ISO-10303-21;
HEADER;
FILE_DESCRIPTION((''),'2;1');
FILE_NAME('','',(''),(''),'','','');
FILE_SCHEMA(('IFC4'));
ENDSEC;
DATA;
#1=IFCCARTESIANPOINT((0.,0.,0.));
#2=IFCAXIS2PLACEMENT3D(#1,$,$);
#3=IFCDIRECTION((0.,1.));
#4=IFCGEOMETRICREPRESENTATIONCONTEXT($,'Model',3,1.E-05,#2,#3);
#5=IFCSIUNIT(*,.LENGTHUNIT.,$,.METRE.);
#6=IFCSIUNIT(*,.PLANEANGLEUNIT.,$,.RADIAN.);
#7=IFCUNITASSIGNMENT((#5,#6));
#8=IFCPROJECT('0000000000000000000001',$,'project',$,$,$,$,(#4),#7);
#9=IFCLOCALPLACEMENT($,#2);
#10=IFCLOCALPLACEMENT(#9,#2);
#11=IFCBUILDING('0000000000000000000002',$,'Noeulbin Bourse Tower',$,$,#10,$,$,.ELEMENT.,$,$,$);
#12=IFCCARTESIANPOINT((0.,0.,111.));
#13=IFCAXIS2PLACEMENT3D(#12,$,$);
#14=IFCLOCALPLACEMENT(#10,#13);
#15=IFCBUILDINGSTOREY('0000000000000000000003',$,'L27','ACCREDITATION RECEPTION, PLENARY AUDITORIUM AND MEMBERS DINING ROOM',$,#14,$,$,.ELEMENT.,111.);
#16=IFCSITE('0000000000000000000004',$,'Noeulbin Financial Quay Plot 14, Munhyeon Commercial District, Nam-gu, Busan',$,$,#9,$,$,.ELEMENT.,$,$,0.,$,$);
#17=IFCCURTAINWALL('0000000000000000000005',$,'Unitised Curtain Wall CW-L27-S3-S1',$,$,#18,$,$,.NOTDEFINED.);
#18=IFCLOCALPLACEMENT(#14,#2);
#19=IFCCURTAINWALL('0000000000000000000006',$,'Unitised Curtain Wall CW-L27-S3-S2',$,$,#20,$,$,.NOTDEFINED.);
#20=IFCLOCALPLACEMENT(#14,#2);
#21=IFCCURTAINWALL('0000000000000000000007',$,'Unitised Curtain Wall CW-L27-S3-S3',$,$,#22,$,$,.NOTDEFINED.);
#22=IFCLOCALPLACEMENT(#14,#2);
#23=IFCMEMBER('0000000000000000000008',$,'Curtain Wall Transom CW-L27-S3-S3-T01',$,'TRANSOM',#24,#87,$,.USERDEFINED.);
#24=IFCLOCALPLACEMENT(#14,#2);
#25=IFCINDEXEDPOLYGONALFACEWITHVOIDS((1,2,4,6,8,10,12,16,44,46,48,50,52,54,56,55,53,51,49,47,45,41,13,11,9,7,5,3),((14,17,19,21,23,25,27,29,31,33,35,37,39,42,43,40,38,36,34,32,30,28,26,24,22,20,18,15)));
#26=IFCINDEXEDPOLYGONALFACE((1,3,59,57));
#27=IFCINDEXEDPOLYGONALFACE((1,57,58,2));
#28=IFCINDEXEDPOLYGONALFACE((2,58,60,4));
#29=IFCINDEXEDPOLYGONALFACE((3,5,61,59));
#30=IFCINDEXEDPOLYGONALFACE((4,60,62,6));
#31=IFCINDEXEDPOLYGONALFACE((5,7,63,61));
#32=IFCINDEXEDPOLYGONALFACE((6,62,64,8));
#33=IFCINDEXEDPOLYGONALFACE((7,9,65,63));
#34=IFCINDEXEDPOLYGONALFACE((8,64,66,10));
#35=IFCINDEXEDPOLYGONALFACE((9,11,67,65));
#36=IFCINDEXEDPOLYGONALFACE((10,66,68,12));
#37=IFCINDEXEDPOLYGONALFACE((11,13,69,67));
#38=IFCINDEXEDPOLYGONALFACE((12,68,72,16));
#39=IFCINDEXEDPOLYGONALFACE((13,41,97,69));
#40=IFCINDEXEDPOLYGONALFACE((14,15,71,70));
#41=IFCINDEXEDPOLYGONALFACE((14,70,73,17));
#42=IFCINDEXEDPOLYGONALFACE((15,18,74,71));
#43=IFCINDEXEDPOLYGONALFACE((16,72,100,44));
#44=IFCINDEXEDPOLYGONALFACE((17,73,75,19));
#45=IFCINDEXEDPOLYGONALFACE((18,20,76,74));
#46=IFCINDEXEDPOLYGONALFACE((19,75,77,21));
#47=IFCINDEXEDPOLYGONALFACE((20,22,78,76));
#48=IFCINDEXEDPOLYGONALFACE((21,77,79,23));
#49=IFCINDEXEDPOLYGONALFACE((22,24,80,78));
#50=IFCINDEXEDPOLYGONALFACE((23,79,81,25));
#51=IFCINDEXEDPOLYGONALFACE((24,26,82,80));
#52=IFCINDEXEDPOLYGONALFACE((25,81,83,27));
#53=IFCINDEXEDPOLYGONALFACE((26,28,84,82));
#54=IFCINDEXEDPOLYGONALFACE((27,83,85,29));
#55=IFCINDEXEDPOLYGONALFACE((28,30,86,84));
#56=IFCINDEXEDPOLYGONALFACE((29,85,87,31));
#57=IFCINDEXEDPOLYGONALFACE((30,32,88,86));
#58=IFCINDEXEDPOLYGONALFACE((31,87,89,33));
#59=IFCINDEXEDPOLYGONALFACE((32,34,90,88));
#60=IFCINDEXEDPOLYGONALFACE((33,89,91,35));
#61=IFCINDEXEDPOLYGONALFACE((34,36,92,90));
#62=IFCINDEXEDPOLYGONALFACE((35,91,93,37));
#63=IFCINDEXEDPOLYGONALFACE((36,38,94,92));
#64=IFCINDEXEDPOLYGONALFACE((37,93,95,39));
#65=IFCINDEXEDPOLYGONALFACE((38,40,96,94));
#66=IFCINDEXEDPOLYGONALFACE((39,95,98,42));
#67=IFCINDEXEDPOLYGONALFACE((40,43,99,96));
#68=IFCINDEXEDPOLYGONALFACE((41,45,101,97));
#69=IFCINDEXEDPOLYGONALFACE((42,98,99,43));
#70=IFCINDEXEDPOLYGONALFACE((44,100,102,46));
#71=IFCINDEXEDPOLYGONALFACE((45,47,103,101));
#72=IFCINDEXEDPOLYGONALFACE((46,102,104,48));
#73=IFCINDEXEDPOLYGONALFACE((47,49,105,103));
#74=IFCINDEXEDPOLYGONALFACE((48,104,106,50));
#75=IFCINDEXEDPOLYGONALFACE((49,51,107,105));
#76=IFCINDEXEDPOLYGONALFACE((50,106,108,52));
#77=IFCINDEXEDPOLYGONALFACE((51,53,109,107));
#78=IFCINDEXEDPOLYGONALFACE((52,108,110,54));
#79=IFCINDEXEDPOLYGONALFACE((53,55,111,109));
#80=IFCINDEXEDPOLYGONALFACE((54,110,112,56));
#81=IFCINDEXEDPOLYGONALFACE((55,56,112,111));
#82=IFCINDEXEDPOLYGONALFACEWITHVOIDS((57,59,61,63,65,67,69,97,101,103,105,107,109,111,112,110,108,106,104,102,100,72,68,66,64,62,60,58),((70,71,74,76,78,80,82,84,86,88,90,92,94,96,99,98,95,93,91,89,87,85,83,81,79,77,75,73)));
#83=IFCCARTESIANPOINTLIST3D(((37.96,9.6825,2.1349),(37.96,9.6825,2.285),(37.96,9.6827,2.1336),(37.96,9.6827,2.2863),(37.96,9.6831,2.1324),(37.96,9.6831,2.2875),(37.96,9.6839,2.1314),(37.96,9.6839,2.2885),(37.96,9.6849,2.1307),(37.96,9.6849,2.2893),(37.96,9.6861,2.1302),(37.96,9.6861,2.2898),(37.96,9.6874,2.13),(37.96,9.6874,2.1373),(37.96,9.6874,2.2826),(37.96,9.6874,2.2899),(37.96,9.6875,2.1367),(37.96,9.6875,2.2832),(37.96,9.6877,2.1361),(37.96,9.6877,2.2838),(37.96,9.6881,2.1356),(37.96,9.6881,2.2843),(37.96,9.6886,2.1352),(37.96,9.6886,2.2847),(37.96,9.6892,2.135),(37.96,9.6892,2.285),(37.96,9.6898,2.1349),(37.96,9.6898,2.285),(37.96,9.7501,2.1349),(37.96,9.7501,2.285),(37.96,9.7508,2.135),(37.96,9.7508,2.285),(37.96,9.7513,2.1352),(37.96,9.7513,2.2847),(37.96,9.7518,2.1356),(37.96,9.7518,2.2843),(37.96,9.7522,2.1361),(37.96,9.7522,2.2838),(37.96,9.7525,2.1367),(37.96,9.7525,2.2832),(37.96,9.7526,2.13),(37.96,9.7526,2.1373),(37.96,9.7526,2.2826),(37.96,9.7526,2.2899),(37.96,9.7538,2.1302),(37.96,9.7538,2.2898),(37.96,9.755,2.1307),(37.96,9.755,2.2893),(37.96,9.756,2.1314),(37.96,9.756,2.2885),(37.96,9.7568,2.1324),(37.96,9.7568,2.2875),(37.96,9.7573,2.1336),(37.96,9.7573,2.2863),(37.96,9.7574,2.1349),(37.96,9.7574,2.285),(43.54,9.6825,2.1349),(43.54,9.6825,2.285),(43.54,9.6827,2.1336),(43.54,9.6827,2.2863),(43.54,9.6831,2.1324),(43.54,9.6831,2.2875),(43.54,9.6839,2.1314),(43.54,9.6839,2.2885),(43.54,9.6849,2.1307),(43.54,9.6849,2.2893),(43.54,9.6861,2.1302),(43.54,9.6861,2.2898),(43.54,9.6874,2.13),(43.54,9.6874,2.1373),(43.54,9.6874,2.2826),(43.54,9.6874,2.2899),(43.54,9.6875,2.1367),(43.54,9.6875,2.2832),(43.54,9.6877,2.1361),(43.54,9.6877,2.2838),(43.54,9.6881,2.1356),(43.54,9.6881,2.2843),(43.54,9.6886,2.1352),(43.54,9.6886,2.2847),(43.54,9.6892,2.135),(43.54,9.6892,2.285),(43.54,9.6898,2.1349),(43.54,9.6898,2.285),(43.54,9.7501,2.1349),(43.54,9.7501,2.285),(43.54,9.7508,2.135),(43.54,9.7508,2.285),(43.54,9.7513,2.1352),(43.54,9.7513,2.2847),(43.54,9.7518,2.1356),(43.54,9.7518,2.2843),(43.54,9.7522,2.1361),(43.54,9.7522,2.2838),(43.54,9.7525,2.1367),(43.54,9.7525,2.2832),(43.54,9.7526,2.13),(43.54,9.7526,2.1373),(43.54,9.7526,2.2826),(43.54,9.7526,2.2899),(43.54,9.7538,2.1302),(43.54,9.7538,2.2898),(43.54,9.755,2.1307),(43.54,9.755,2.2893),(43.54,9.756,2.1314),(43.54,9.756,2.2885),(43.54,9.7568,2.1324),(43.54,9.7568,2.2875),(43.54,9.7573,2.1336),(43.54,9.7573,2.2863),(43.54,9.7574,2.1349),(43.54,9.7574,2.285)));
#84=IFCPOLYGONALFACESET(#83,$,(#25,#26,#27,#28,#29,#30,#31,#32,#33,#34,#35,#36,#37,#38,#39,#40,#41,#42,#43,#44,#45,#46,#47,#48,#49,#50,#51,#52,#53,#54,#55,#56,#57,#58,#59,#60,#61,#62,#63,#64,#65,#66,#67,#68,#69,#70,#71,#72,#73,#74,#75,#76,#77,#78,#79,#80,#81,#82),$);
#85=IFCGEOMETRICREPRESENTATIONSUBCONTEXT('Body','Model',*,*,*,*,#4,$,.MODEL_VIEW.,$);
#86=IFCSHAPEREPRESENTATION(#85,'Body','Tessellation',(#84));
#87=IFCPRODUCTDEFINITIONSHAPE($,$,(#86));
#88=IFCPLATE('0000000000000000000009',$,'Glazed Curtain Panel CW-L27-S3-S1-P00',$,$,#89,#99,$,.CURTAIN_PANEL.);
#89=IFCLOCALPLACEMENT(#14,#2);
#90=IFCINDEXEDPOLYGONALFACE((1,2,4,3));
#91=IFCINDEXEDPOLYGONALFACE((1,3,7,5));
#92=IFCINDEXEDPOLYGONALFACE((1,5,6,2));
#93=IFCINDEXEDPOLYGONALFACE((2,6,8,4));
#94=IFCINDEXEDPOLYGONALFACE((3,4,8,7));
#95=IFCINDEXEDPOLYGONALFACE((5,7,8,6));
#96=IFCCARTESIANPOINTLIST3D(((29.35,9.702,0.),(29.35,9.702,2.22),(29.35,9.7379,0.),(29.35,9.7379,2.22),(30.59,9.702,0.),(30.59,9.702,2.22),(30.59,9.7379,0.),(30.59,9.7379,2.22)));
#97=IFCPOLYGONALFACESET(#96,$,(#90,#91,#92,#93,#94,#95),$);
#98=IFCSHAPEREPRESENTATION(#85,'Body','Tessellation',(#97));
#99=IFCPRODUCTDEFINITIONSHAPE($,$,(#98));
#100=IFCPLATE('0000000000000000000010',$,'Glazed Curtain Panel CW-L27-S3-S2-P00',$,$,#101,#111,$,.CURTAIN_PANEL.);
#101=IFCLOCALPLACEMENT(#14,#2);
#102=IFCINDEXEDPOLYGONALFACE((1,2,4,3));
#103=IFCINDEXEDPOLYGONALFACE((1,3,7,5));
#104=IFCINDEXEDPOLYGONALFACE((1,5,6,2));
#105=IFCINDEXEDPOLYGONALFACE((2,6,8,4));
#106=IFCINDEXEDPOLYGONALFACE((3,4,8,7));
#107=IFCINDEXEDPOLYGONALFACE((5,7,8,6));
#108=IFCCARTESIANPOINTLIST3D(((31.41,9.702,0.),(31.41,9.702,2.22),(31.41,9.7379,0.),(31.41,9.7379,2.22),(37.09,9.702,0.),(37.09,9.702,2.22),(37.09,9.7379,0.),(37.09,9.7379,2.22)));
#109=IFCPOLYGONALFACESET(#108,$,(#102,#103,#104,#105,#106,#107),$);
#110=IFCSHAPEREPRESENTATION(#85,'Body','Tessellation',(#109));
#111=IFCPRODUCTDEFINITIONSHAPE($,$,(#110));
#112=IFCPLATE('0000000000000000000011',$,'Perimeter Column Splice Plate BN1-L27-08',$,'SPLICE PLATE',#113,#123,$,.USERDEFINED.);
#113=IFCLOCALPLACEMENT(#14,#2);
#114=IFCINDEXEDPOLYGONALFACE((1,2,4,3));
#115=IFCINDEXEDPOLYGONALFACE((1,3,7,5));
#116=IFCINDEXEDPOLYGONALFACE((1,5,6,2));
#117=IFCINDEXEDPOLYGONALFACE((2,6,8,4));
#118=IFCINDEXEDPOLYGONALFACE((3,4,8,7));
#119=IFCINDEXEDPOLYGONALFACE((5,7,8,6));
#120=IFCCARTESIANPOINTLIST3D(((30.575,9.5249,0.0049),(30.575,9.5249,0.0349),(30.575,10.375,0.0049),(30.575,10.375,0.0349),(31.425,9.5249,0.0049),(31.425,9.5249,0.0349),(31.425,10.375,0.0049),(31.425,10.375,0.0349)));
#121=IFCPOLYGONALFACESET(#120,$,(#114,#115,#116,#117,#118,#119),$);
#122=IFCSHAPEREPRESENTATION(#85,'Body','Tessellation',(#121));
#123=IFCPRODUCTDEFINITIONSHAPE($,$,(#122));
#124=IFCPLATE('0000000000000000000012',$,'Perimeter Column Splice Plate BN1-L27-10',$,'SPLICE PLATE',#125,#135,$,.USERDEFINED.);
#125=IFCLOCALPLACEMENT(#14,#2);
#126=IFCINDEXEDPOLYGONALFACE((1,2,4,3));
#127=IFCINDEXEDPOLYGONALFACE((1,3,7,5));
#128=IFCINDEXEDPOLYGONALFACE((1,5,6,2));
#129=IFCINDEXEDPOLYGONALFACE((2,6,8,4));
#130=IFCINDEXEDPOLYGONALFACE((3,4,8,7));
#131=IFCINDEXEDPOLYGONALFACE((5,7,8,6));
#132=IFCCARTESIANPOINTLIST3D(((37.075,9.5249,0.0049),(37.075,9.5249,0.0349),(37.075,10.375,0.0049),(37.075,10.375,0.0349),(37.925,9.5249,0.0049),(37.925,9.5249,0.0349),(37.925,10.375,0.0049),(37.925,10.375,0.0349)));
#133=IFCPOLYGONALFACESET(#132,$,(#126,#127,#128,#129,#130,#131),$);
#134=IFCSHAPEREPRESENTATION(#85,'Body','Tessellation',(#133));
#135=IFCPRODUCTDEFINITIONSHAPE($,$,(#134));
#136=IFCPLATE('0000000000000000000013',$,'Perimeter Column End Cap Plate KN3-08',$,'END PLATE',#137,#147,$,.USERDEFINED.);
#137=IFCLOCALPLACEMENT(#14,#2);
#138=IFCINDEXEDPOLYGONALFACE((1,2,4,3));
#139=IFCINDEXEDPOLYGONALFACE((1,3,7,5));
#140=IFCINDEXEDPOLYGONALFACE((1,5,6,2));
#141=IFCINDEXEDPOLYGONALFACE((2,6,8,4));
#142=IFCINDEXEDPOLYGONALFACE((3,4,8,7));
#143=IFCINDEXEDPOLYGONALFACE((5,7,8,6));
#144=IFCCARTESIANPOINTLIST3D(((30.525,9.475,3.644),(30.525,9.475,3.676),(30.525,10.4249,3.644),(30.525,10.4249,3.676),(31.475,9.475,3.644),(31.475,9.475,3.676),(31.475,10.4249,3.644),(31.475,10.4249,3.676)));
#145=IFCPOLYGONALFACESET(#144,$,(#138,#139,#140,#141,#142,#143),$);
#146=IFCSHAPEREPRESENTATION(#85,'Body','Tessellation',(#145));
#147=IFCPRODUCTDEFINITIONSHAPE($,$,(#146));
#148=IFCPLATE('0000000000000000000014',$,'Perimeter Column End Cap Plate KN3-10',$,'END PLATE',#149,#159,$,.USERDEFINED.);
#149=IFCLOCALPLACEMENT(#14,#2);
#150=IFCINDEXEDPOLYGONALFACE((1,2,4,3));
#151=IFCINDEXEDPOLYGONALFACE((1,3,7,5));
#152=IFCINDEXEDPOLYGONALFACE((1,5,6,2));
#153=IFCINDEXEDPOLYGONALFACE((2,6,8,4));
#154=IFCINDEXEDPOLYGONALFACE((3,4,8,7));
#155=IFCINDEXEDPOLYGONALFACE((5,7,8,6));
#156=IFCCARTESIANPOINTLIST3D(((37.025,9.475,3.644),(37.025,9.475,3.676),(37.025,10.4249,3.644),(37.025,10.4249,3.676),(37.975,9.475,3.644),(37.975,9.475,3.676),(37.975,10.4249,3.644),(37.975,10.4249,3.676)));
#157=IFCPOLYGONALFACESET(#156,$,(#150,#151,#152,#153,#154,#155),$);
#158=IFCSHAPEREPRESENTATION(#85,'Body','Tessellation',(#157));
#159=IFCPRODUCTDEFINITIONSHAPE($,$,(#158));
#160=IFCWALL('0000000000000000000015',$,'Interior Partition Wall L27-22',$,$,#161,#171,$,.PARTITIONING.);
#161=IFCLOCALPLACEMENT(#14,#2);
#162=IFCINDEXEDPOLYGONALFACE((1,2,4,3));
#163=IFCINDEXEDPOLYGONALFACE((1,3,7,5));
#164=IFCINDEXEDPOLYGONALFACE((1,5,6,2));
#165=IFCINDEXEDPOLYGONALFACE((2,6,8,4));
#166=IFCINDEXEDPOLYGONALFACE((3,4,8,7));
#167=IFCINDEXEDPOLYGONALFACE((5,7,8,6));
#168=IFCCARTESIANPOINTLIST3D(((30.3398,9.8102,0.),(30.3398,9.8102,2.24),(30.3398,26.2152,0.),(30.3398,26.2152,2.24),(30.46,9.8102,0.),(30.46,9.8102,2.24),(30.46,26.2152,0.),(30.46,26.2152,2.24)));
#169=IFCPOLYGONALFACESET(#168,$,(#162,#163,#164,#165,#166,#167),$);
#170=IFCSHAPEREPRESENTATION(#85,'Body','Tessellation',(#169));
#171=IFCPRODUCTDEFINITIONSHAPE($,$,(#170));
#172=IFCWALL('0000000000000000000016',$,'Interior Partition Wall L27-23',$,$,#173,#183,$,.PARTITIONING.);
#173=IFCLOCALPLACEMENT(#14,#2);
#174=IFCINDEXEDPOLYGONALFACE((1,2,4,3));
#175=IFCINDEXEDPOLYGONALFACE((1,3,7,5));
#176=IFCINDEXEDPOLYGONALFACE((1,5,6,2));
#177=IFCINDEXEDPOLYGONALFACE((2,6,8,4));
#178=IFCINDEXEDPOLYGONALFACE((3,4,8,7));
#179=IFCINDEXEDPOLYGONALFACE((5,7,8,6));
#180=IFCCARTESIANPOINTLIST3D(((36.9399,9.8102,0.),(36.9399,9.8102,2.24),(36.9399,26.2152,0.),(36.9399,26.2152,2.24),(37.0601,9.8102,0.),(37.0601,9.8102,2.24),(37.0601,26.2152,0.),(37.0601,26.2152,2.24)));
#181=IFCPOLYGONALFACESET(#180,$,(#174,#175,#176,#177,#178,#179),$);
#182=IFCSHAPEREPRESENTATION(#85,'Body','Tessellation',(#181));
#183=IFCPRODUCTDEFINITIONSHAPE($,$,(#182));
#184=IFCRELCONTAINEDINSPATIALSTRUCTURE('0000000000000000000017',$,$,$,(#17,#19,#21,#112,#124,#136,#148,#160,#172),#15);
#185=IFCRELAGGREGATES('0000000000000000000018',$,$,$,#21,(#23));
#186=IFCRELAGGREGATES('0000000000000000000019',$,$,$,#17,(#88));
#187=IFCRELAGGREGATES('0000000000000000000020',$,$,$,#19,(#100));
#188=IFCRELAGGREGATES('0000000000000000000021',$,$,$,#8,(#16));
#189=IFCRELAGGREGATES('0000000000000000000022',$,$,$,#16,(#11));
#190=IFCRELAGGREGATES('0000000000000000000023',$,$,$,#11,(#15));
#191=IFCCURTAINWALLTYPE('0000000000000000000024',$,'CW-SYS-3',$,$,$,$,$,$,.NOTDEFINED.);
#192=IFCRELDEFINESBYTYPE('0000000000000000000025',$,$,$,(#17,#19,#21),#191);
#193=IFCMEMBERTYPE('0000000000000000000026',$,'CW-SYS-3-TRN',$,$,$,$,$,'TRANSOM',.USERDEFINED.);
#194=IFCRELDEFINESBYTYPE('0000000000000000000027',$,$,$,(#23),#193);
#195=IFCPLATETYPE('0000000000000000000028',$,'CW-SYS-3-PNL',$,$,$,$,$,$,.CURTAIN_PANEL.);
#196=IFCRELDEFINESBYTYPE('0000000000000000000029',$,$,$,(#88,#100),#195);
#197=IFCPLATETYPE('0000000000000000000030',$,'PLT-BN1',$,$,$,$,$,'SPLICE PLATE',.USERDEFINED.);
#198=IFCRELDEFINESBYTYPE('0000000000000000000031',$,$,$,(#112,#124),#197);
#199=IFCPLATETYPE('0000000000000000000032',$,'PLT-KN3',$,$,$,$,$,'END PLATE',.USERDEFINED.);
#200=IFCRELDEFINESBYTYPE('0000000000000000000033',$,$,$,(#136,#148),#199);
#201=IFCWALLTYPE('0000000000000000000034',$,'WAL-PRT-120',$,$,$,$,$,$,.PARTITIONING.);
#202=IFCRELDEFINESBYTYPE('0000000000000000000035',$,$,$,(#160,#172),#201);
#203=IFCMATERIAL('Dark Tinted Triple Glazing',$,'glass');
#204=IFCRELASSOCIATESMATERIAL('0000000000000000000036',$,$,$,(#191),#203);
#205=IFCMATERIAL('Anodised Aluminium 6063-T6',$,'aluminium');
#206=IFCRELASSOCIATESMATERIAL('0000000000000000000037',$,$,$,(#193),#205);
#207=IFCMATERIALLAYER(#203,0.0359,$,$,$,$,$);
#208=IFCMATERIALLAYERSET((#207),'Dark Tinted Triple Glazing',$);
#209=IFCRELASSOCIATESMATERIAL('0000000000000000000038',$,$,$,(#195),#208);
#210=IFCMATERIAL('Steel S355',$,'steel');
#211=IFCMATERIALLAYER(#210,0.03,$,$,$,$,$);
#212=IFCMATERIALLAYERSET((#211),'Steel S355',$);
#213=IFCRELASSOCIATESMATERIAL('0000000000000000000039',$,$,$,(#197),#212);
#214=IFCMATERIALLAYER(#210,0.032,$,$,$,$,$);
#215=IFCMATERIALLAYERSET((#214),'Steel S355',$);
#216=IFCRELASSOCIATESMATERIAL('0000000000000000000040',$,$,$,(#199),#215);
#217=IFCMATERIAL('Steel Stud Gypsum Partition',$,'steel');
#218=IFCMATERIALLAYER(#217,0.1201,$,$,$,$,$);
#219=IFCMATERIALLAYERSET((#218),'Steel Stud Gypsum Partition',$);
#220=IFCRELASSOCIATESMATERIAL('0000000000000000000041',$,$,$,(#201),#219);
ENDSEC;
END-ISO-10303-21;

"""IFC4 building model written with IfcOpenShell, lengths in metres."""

from ifc_helpers import new_model, si_unit, direction, frame, frame_2d, origin, origin_2d, place, context, subcontext, project, spatial, rectangle, hollow_rectangle, extrude, material, layer, layer_set, material_profile, profile_set, type_object, element, aggregate, save


model = new_model("IFC4")

# Units and contexts
model_context = context("Model", 3, precision=1e-05, world=origin(), true_north=direction((0.0, 1.0)))
body_context = subcontext(model_context, "Body", "Model", "MODEL_VIEW")
ifc_project = project(units=[si_unit("LENGTHUNIT", "METRE"), si_unit("PLANEANGLEUNIT", "RADIAN")], contexts=[model_context])

# Site, building, storey
site_placement = place(None, origin())
site = spatial("IfcSite", under=ifc_project, at=site_placement, Name="Noeulbin Financial Quay Plot 14, Munhyeon Commercial District, Nam-gu, Busan", CompositionType="ELEMENT", RefElevation=0.0)
building_placement = place(site_placement, origin())
building = spatial("IfcBuilding", under=site, at=building_placement, Name="Noeulbin Bourse Tower", CompositionType="ELEMENT")
storey_placement = place(building_placement, frame((0.0, 0.0, 111.0)))
storey = spatial("IfcBuildingStorey", under=building, at=storey_placement, Name="L27", Description="ACCREDITATION RECEPTION, PLENARY AUDITORIUM AND MEMBERS DINING ROOM", CompositionType="ELEMENT", Elevation=111.0)

# Shared definitions
ifc_material_1 = material(Name="Steel S355", Category="steel")

# Curtain walls
ifc_material_2 = material(Name="Dark Tinted Triple Glazing", Category="glass")
curtain_wall_type = type_object("IfcCurtainWallType", Name="CW-SYS-3", PredefinedType="NOTDEFINED", material=ifc_material_2)
curtain_wall_1_placement = place(storey_placement, origin())
curtain_wall_1 = element("IfcCurtainWall", 1, at=curtain_wall_1_placement, inside=storey, type_object=curtain_wall_type, Name="Unitised Curtain Wall CW-L27-S3-S1", PredefinedType="NOTDEFINED")
ifc_material_3 = material(Name="Anodised Aluminium 6063-T6", Category="aluminium")
curtain_wall_2_placement = place(storey_placement, origin())
curtain_wall_2 = element("IfcCurtainWall", 2, at=curtain_wall_2_placement, inside=storey, type_object=curtain_wall_type, Name="Unitised Curtain Wall CW-L27-S3-S2", PredefinedType="NOTDEFINED")

# Curtain wall
curtain_wall_3_placement = place(storey_placement, origin())
curtain_wall_3 = element("IfcCurtainWall", 3, at=curtain_wall_3_placement, inside=storey, type_object=curtain_wall_type, Name="Unitised Curtain Wall CW-L27-S3-S3", PredefinedType="NOTDEFINED")

# Member
ifc_material_profile_1 = material_profile(ifc_material_3, hollow_rectangle(XDim=0.075, YDim=0.1599, WallThickness=0.0049, InnerFilletRadius=0.0024, OuterFilletRadius=0.0049, at=origin_2d()), Name="ALU-TRAN-75x160x5", Category="LoadBearing")
ifc_profile_set_1 = profile_set([ifc_material_profile_1], Name="Anodised Aluminium 6063-T6")
member_type_1 = type_object("IfcMemberType", Name="CW-SYS-3-TRN", ElementType="TRANSOM", PredefinedType="USERDEFINED", material=ifc_profile_set_1)
member_1_placement = place(storey_placement, frame((37.96, 9.72, 2.21), z_axis=(1.0, 0.0, 0.0), x_axis=(0.0, 1.0, 0.0)))
member_1 = element("IfcMember", 4, at=member_1_placement, type_object=member_type_1, Name="Curtain Wall Transom CW-L27-S3-S3-T01", ObjectType="TRANSOM", PredefinedType="USERDEFINED", context=body_context, shape_type="SweptSolid", body=[
    extrude(hollow_rectangle(XDim=0.075, YDim=0.1599, WallThickness=0.0049, InnerFilletRadius=0.0024, OuterFilletRadius=0.0049, at=origin_2d()), origin(), (0.0, 0.0, 1.0), 5.5801),
])
aggregate(curtain_wall_3, [member_1])

# Plates
ifc_layer_1 = layer(ifc_material_2, 0.0359)
ifc_layer_set_1 = layer_set([ifc_layer_1], Name="Dark Tinted Triple Glazing")
plate_type_1 = type_object("IfcPlateType", Name="CW-SYS-3-PNL", PredefinedType="CURTAIN_PANEL", material=ifc_layer_set_1)
plate_1_placement = place(storey_placement, frame((29.97, 9.72, 0.0), z_axis=(0.0, 0.0, 1.0), x_axis=(1.0, 0.0, 0.0)))
plate_1 = element("IfcPlate", 5, at=plate_1_placement, type_object=plate_type_1, Name="Glazed Curtain Panel CW-L27-S3-S1-P00", PredefinedType="CURTAIN_PANEL", context=body_context, shape_type="SweptSolid", body=[
    extrude(rectangle(XDim=1.24, YDim=0.0359, at=origin_2d()), origin(), (0.0, 0.0, 1.0), 2.22),
])
aggregate(curtain_wall_1, [plate_1])
plate_2_placement = place(storey_placement, frame((34.25, 9.72, 0.0), z_axis=(0.0, 0.0, 1.0), x_axis=(1.0, 0.0, 0.0)))
plate_2 = element("IfcPlate", 6, at=plate_2_placement, type_object=plate_type_1, Name="Glazed Curtain Panel CW-L27-S3-S2-P00", PredefinedType="CURTAIN_PANEL", context=body_context, shape_type="SweptSolid", body=[
    extrude(rectangle(XDim=5.6799, YDim=0.0359, at=origin_2d()), origin(), (0.0, 0.0, 1.0), 2.22),
])
aggregate(curtain_wall_2, [plate_2])

# Plates
ifc_layer_2 = layer(ifc_material_1, 0.03)
ifc_layer_set_2 = layer_set([ifc_layer_2], Name="Steel S355")
plate_type_2 = type_object("IfcPlateType", Name="PLT-BN1", ElementType="SPLICE PLATE", PredefinedType="USERDEFINED", material=ifc_layer_set_2)
for number, where, z_axis, x_axis, name in (
    (7, (31.0, 9.95, 0.0049), (0.0, 0.0, 1.0), (1.0, 0.0, 0.0), "Perimeter Column Splice Plate BN1-L27-08"),
    (8, (37.5, 9.95, 0.0049), (0.0, 0.0, 1.0), (1.0, 0.0, 0.0), "Perimeter Column Splice Plate BN1-L27-10"),
):
    element("IfcPlate", number, at=place(storey_placement, frame(where, z_axis=z_axis, x_axis=x_axis)), inside=storey, type_object=plate_type_2, Name=name, ObjectType="SPLICE PLATE", PredefinedType="USERDEFINED", context=body_context, shape_type="SweptSolid", body=[
        extrude(rectangle(XDim=0.8501, YDim=0.8501, at=origin_2d()), origin(), (0.0, 0.0, 1.0), 0.03),
    ])
ifc_layer_3 = layer(ifc_material_1, 0.032)
ifc_layer_set_3 = layer_set([ifc_layer_3], Name="Steel S355")
plate_type_3 = type_object("IfcPlateType", Name="PLT-KN3", ElementType="END PLATE", PredefinedType="USERDEFINED", material=ifc_layer_set_3)
for number, where, z_axis, x_axis, name in (
    (9, (31.0, 9.95, 3.644), (0.0, 0.0, 1.0), (1.0, 0.0, 0.0), "Perimeter Column End Cap Plate KN3-08"),
    (10, (37.5, 9.95, 3.644), (0.0, 0.0, 1.0), (1.0, 0.0, 0.0), "Perimeter Column End Cap Plate KN3-10"),
):
    element("IfcPlate", number, at=place(storey_placement, frame(where, z_axis=z_axis, x_axis=x_axis)), inside=storey, type_object=plate_type_3, Name=name, ObjectType="END PLATE", PredefinedType="USERDEFINED", context=body_context, shape_type="SweptSolid", body=[
        extrude(rectangle(XDim=0.95, YDim=0.95, at=origin_2d()), origin(), (0.0, 0.0, 1.0), 0.032),
    ])

# Walls
ifc_material_4 = material(Name="Steel Stud Gypsum Partition", Category="steel")
ifc_layer_4 = layer(ifc_material_4, 0.1201)
ifc_layer_set_4 = layer_set([ifc_layer_4], Name="Steel Stud Gypsum Partition")
wall_type = type_object("IfcWallType", Name="WAL-PRT-120", PredefinedType="PARTITIONING", material=ifc_layer_set_4)
for number, where, z_axis, x_axis, name in (
    (11, (30.3999, 9.8101, 0.0), (0.0, 0.0, 1.0), (0.0, 1.0, 0.0), "Interior Partition Wall L27-22"),
    (12, (37.0, 9.8101, 0.0), (0.0, 0.0, 1.0), (0.0, 1.0, 0.0), "Interior Partition Wall L27-23"),
):
    element("IfcWall", number, at=place(storey_placement, frame(where, z_axis=z_axis, x_axis=x_axis)), inside=storey, type_object=wall_type, Name=name, PredefinedType="PARTITIONING", context=body_context, shape_type="SweptSolid", body=[
        extrude(rectangle(XDim=16.405, YDim=0.1201, at=frame_2d((8.2026, 0.0))), origin(), (0.0, 0.0, 1.0), 2.24),
    ])

save(model, "model.ifc")
